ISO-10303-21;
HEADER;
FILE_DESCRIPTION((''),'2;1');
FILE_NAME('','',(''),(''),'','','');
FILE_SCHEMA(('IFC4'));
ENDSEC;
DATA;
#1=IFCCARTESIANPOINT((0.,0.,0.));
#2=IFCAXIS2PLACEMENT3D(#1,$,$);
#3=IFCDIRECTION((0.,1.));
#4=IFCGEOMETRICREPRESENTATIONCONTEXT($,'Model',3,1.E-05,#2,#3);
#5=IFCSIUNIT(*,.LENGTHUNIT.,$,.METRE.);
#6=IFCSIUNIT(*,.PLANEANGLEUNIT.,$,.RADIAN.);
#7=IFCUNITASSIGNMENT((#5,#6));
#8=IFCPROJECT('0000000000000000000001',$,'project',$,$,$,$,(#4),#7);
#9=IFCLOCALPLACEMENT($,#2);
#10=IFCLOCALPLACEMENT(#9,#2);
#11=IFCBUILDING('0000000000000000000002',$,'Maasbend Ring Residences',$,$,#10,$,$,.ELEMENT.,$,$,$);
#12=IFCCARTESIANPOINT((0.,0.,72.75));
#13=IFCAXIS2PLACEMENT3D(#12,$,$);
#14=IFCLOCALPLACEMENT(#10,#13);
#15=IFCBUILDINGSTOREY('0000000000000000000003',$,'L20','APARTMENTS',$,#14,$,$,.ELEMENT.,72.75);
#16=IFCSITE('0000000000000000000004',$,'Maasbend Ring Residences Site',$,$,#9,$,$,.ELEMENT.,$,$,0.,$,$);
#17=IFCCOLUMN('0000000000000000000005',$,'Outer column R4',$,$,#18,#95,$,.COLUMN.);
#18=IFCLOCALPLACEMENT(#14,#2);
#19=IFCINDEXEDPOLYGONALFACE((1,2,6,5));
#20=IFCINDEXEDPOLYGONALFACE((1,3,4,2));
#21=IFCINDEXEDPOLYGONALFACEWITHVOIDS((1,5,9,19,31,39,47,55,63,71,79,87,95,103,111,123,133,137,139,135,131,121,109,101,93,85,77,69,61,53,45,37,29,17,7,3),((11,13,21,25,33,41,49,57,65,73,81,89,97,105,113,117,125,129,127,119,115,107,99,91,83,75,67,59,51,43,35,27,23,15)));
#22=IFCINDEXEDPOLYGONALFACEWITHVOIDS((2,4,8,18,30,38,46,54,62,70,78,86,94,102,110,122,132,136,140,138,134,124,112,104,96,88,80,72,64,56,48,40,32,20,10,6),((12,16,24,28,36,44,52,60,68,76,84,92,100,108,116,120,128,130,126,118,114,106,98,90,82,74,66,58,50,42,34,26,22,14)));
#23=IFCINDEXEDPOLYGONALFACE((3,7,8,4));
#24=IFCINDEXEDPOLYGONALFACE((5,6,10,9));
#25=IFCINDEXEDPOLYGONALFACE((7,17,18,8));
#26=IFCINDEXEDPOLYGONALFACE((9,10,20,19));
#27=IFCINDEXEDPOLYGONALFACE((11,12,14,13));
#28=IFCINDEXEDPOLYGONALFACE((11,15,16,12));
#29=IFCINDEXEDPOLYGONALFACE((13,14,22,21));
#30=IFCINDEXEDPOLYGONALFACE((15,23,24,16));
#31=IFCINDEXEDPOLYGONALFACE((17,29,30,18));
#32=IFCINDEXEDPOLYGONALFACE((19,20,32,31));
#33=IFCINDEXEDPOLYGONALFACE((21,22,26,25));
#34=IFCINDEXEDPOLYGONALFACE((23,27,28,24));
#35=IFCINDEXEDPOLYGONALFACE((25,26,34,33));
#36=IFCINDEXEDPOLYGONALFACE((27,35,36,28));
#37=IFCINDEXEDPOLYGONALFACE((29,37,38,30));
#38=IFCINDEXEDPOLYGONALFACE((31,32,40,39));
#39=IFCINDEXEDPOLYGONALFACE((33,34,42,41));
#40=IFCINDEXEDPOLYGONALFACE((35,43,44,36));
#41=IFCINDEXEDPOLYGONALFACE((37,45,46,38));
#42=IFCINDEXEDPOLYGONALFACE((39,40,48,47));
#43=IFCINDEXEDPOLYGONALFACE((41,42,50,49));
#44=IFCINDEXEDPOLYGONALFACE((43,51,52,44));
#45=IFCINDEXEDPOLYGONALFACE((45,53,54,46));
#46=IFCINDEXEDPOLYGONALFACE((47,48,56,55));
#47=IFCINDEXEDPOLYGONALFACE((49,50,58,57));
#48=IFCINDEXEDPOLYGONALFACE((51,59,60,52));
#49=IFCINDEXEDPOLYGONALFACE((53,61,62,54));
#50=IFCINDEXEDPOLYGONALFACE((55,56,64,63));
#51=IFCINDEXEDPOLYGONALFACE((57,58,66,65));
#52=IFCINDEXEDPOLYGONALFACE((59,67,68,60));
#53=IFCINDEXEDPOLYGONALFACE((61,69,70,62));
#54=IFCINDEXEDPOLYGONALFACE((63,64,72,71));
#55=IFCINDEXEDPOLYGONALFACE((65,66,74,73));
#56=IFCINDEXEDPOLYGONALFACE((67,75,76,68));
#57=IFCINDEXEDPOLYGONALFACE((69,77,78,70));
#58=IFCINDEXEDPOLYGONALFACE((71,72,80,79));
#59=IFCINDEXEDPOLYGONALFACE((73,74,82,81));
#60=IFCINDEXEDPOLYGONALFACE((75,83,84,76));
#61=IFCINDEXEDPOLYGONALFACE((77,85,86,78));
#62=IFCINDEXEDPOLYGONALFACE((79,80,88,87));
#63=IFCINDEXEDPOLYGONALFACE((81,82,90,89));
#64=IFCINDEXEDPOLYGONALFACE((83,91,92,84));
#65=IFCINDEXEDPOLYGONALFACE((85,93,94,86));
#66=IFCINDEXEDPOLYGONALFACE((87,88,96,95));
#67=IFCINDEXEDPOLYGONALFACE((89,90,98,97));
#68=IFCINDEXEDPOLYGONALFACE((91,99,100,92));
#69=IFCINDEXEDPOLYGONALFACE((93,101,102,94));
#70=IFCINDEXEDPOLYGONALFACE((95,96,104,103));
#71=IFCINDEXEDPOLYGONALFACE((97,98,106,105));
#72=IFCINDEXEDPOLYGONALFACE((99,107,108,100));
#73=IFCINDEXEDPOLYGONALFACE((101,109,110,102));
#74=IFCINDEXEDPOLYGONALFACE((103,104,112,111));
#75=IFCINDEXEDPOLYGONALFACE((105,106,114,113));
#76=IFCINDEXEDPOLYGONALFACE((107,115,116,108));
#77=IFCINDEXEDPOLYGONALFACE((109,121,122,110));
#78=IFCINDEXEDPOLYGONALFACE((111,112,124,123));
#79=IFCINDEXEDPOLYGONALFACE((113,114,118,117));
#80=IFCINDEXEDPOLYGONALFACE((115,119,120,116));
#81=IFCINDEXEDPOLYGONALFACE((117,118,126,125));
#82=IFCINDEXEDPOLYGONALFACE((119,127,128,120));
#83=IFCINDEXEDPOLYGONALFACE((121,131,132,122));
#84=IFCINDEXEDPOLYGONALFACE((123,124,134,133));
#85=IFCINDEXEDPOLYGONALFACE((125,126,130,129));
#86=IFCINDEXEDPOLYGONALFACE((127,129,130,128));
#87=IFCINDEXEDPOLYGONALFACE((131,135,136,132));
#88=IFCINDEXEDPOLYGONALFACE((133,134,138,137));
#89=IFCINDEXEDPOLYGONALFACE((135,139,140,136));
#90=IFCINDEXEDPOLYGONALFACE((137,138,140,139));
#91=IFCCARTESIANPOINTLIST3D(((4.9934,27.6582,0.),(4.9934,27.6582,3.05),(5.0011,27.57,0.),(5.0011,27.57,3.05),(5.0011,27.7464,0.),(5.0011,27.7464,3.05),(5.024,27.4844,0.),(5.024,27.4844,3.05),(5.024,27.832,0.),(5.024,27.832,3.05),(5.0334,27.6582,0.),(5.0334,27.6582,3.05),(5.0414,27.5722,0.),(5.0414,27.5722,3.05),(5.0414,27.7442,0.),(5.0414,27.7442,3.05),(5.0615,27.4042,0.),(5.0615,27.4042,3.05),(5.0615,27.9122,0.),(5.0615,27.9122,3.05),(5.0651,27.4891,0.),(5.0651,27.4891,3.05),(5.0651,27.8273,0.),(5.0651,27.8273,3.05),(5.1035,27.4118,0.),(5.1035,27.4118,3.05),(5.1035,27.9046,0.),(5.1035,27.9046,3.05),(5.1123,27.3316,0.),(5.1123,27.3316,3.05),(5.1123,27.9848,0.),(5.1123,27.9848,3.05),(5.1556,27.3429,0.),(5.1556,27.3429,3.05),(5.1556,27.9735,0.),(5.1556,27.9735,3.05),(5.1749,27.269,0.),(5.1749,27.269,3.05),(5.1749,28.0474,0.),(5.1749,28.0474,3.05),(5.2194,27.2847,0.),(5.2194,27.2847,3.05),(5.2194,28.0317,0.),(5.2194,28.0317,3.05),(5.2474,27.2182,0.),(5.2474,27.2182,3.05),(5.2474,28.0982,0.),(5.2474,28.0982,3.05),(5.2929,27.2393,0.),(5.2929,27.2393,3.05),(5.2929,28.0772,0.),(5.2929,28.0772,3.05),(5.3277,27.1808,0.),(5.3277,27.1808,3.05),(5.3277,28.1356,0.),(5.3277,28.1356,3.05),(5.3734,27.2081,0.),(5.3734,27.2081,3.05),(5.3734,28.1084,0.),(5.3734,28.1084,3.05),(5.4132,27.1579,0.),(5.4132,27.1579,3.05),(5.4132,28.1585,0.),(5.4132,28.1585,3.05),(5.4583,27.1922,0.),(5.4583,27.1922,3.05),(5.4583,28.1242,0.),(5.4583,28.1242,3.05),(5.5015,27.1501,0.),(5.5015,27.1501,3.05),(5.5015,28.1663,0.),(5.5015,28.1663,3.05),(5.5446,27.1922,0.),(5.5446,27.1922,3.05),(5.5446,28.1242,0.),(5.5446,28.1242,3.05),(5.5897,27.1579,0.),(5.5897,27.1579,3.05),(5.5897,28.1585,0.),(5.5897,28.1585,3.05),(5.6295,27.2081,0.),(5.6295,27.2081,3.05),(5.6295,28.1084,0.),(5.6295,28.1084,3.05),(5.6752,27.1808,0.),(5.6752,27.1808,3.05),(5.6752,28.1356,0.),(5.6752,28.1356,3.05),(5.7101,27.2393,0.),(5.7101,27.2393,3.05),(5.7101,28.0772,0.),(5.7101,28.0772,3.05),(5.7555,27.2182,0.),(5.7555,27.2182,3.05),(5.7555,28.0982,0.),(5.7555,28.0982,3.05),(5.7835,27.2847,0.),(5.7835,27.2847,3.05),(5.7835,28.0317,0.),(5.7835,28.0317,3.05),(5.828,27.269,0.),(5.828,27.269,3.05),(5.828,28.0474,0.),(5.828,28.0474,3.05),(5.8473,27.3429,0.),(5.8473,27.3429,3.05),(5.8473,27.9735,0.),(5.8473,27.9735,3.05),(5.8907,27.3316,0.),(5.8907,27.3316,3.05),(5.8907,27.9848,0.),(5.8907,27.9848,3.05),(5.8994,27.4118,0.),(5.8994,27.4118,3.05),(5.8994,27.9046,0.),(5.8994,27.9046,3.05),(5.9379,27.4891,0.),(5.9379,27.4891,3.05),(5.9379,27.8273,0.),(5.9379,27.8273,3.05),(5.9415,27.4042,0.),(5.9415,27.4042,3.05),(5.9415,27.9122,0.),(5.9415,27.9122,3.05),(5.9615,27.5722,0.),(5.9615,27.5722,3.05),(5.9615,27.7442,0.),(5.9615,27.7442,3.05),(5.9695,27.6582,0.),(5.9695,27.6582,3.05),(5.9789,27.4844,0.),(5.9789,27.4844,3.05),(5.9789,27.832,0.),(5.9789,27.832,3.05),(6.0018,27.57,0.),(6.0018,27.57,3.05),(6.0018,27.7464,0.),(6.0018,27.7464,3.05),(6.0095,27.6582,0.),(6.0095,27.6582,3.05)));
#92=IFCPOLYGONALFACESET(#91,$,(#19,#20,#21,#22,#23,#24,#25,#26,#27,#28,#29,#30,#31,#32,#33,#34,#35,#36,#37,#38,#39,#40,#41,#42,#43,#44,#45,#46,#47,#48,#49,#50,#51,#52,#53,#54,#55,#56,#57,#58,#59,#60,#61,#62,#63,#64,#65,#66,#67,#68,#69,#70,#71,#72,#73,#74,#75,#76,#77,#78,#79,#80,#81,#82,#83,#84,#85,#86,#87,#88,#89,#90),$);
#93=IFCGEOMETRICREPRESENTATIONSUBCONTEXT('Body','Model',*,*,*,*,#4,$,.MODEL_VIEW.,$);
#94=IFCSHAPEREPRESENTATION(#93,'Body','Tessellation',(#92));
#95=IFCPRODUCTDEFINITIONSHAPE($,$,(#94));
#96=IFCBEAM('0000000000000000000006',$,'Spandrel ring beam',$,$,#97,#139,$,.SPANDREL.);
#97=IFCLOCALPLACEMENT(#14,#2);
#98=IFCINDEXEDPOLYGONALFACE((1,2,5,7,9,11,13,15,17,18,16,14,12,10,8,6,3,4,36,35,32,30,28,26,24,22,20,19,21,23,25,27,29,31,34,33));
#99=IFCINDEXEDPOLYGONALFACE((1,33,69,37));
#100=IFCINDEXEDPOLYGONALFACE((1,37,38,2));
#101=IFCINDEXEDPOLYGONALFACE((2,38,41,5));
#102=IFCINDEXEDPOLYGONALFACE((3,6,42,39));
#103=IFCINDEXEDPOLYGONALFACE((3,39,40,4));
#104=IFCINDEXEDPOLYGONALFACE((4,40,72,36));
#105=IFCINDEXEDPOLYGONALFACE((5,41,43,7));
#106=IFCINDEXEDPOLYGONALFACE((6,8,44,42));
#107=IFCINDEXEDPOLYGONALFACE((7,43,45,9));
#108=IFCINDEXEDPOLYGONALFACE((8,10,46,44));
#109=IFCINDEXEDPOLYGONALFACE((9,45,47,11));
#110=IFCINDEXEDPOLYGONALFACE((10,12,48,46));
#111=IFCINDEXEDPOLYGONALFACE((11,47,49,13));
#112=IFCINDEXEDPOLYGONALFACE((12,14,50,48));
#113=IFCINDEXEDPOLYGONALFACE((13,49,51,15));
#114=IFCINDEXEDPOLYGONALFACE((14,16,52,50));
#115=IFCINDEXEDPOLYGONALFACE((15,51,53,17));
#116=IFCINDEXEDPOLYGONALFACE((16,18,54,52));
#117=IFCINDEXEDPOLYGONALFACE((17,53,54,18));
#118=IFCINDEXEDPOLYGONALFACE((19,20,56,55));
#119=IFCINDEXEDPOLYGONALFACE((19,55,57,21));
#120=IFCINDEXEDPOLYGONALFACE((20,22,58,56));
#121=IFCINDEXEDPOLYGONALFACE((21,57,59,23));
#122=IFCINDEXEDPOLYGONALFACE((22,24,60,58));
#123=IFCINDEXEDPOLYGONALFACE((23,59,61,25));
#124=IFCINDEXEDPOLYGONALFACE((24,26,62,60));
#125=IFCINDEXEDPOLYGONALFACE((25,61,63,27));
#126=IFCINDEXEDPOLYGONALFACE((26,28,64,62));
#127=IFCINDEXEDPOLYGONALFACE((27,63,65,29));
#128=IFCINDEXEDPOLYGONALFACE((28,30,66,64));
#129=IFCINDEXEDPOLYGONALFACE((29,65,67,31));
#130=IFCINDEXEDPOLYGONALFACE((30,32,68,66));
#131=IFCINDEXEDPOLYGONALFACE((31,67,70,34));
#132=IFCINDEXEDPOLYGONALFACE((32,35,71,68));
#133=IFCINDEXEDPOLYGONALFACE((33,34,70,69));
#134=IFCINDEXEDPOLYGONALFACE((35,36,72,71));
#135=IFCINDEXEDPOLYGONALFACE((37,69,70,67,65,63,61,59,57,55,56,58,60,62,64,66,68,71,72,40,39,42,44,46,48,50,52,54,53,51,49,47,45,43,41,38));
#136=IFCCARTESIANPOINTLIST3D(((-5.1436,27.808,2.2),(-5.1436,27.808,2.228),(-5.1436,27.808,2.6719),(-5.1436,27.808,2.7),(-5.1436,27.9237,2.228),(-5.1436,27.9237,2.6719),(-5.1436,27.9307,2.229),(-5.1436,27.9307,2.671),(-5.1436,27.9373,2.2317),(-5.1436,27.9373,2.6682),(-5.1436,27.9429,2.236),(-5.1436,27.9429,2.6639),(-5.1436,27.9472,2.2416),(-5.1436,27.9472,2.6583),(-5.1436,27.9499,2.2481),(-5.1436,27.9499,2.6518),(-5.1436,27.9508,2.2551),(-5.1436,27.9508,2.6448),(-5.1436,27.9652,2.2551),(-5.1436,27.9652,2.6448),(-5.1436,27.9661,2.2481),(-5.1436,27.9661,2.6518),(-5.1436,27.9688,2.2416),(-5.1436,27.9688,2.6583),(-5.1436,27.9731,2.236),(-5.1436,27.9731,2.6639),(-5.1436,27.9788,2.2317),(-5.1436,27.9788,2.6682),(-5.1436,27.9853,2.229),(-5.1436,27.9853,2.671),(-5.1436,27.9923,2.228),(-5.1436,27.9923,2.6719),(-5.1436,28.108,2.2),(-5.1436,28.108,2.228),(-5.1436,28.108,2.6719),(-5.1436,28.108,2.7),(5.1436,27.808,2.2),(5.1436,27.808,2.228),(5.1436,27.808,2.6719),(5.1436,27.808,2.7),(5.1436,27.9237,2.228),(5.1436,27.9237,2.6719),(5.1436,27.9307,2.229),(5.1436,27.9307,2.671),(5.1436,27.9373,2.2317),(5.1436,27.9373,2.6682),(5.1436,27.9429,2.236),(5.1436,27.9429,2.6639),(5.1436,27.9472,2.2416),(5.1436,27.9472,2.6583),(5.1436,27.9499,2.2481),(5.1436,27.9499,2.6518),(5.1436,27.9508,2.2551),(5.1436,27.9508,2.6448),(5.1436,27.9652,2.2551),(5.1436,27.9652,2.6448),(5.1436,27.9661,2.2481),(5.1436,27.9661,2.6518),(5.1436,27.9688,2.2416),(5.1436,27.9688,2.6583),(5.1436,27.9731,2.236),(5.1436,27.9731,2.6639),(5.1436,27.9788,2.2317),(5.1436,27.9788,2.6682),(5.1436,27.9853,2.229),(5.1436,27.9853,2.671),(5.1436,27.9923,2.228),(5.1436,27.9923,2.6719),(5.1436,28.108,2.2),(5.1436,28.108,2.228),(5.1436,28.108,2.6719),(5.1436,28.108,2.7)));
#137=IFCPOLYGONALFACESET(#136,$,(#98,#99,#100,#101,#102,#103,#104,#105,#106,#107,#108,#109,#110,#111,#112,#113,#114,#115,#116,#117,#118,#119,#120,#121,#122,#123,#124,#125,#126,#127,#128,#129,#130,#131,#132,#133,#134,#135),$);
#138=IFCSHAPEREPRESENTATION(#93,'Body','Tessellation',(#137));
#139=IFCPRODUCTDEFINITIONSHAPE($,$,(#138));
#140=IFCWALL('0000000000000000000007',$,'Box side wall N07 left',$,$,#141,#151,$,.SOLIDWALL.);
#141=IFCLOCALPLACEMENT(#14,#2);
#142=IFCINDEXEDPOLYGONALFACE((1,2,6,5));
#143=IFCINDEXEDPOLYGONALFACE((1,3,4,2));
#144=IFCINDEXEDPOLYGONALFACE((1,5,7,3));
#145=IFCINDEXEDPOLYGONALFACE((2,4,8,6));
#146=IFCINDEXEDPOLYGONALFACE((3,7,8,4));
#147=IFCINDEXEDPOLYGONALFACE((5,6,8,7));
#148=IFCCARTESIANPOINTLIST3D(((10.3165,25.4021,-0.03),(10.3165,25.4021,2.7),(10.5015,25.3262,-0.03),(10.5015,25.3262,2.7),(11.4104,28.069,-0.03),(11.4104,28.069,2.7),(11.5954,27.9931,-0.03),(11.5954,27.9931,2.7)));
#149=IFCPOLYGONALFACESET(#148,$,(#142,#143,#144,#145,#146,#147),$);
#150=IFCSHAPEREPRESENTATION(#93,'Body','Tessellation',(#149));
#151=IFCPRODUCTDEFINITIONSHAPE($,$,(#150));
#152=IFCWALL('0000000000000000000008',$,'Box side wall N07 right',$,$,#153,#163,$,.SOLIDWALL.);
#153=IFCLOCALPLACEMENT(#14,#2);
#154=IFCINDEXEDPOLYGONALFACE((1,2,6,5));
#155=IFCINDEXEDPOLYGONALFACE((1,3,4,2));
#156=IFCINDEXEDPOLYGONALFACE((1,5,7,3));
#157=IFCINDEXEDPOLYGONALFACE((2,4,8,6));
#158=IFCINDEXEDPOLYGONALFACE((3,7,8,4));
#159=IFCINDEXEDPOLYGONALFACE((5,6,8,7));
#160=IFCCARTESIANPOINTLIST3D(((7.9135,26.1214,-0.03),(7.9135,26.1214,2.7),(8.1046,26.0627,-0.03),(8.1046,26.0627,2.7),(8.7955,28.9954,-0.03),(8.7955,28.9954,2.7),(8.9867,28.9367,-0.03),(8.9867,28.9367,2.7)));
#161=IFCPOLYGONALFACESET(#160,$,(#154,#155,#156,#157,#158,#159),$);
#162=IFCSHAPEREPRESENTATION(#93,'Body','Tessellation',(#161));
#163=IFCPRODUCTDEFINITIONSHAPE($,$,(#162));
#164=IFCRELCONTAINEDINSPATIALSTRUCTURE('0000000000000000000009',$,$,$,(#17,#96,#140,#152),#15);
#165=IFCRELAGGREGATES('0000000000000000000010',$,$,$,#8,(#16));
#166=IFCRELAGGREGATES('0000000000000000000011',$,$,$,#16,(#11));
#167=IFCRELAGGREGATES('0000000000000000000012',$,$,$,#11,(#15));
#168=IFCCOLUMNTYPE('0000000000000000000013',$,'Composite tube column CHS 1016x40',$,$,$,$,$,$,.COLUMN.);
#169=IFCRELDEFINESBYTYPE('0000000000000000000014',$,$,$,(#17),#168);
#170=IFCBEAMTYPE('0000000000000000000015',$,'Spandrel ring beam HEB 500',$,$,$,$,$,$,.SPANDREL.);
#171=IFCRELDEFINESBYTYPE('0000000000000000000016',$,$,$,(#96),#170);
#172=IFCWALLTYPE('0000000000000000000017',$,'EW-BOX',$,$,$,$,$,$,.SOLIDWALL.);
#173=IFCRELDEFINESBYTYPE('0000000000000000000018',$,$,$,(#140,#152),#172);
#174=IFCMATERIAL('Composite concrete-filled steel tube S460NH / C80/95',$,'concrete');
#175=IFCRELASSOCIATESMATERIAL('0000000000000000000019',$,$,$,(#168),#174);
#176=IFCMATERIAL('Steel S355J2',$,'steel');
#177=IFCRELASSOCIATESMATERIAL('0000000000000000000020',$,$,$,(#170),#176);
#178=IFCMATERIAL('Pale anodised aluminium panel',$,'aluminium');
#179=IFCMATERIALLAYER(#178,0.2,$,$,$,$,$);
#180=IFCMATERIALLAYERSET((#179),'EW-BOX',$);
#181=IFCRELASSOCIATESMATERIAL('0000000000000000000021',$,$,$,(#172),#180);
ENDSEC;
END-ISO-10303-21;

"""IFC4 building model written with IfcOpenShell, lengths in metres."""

from ifc_helpers import new_model, si_unit, direction, frame, frame_2d, origin, origin_2d, place, context, subcontext, project, spatial, rectangle, hollow_circle, i_section, extrude, material, layer, layer_set, material_profile, profile_set, type_object, element, save


model = new_model("IFC4")

# Units and contexts
model_context = context("Model", 3, precision=1e-05, world=origin(), true_north=direction((0.0, 1.0)))
body_context = subcontext(model_context, "Body", "Model", "MODEL_VIEW")
ifc_project = project(units=[si_unit("LENGTHUNIT", "METRE"), si_unit("PLANEANGLEUNIT", "RADIAN")], contexts=[model_context])

# Site, building, storey
site_placement = place(None, origin())
site = spatial("IfcSite", under=ifc_project, at=site_placement, Name="Maasbend Ring Residences Site", CompositionType="ELEMENT", RefElevation=0.0)
building_placement = place(site_placement, origin())
building = spatial("IfcBuilding", under=site, at=building_placement, Name="Maasbend Ring Residences", CompositionType="ELEMENT")
storey_placement = place(building_placement, frame((0.0, 0.0, 72.75)))
storey = spatial("IfcBuildingStorey", under=building, at=storey_placement, Name="L20", Description="APARTMENTS", CompositionType="ELEMENT", Elevation=72.75)

# Column
ifc_material_1 = material(Name="Composite concrete-filled steel tube S460NH / C80/95", Category="concrete")
ifc_material_profile_1 = material_profile(ifc_material_1, hollow_circle(Radius=0.5081, WallThickness=0.04, at=origin_2d()), Name="Composite tube column CHS 1016x40")
ifc_profile_set_1 = profile_set([ifc_material_profile_1], Name="Composite concrete-filled steel tube S460NH / C80/95")
column_type = type_object("IfcColumnType", Name="Composite tube column CHS 1016x40", PredefinedType="COLUMN", material=ifc_profile_set_1)
column_placement = place(storey_placement, frame((5.5015, 27.6582, 0.0), z_axis=(0.0, 0.0, 1.0), x_axis=(1.0, 0.0, 0.0)))
element("IfcColumn", 1, at=column_placement, inside=storey, type_object=column_type, Name="Outer column R4", PredefinedType="COLUMN", context=body_context, shape_type="SweptSolid", body=[
    extrude(hollow_circle(Radius=0.5081, WallThickness=0.04, at=origin_2d()), origin(), (0.0, 0.0, 1.0), 3.05),
])

# Beam
ifc_material_2 = material(Name="Steel S355J2", Category="steel")
ifc_material_profile_2 = material_profile(ifc_material_2, i_section(OverallWidth=0.3, OverallDepth=0.5, WebThickness=0.0144, FlangeThickness=0.0281, FilletRadius=0.0271, at=origin_2d()), Name="HEB 500")
ifc_profile_set_2 = profile_set([ifc_material_profile_2], Name="Steel S355J2")
beam_type = type_object("IfcBeamType", Name="Spandrel ring beam HEB 500", PredefinedType="SPANDREL", material=ifc_profile_set_2)
beam_placement = place(storey_placement, frame((5.1436, 27.958, 2.45), z_axis=(-1.0, 0.0, 0.0), x_axis=(0.0, -1.0, 0.0)))
element("IfcBeam", 2, at=beam_placement, inside=storey, type_object=beam_type, Name="Spandrel ring beam", PredefinedType="SPANDREL", context=body_context, shape_type="SweptSolid", body=[
    extrude(i_section(OverallWidth=0.3, OverallDepth=0.5, WebThickness=0.0144, FlangeThickness=0.0281, FilletRadius=0.0271, at=origin_2d()), origin(), (0.0, 0.0, 1.0), 10.2871),
])

# Walls
ifc_material_3 = material(Name="Pale anodised aluminium panel", Category="aluminium")
ifc_layer_1 = layer(ifc_material_3, 0.2)
ifc_layer_set_1 = layer_set([ifc_layer_1], Name="EW-BOX")
wall_type_1 = type_object("IfcWallType", Name="EW-BOX", PredefinedType="SOLIDWALL", material=ifc_layer_set_1)
wall_1_placement = place(storey_placement, frame((10.4089, 25.364, -0.03), z_axis=(0.0, 0.0, 1.0), x_axis=(0.37951, 0.925188, 0.0)))
element("IfcWall", 3, at=wall_1_placement, inside=storey, type_object=wall_type_1, Name="Box side wall N07 left", PredefinedType="SOLIDWALL", context=body_context, shape_type="SweptSolid", body=[
    extrude(rectangle(XDim=2.8826, YDim=0.2, at=frame_2d((1.4414, 0.0))), origin(), (0.0, 0.0, 1.0), 2.73),
])
wall_2_placement = place(storey_placement, frame((8.009, 26.092, -0.03), z_axis=(0.0, 0.0, 1.0), x_axis=(0.293407, 0.955988, 0.0)))
element("IfcWall", 4, at=wall_2_placement, inside=storey, type_object=wall_type_1, Name="Box side wall N07 right", PredefinedType="SOLIDWALL", context=body_context, shape_type="SweptSolid", body=[
    extrude(rectangle(XDim=3.0063, YDim=0.2, at=frame_2d((1.5032, 0.0))), origin(), (0.0, 0.0, 1.0), 2.73),
])

save(model, "model.ifc")
